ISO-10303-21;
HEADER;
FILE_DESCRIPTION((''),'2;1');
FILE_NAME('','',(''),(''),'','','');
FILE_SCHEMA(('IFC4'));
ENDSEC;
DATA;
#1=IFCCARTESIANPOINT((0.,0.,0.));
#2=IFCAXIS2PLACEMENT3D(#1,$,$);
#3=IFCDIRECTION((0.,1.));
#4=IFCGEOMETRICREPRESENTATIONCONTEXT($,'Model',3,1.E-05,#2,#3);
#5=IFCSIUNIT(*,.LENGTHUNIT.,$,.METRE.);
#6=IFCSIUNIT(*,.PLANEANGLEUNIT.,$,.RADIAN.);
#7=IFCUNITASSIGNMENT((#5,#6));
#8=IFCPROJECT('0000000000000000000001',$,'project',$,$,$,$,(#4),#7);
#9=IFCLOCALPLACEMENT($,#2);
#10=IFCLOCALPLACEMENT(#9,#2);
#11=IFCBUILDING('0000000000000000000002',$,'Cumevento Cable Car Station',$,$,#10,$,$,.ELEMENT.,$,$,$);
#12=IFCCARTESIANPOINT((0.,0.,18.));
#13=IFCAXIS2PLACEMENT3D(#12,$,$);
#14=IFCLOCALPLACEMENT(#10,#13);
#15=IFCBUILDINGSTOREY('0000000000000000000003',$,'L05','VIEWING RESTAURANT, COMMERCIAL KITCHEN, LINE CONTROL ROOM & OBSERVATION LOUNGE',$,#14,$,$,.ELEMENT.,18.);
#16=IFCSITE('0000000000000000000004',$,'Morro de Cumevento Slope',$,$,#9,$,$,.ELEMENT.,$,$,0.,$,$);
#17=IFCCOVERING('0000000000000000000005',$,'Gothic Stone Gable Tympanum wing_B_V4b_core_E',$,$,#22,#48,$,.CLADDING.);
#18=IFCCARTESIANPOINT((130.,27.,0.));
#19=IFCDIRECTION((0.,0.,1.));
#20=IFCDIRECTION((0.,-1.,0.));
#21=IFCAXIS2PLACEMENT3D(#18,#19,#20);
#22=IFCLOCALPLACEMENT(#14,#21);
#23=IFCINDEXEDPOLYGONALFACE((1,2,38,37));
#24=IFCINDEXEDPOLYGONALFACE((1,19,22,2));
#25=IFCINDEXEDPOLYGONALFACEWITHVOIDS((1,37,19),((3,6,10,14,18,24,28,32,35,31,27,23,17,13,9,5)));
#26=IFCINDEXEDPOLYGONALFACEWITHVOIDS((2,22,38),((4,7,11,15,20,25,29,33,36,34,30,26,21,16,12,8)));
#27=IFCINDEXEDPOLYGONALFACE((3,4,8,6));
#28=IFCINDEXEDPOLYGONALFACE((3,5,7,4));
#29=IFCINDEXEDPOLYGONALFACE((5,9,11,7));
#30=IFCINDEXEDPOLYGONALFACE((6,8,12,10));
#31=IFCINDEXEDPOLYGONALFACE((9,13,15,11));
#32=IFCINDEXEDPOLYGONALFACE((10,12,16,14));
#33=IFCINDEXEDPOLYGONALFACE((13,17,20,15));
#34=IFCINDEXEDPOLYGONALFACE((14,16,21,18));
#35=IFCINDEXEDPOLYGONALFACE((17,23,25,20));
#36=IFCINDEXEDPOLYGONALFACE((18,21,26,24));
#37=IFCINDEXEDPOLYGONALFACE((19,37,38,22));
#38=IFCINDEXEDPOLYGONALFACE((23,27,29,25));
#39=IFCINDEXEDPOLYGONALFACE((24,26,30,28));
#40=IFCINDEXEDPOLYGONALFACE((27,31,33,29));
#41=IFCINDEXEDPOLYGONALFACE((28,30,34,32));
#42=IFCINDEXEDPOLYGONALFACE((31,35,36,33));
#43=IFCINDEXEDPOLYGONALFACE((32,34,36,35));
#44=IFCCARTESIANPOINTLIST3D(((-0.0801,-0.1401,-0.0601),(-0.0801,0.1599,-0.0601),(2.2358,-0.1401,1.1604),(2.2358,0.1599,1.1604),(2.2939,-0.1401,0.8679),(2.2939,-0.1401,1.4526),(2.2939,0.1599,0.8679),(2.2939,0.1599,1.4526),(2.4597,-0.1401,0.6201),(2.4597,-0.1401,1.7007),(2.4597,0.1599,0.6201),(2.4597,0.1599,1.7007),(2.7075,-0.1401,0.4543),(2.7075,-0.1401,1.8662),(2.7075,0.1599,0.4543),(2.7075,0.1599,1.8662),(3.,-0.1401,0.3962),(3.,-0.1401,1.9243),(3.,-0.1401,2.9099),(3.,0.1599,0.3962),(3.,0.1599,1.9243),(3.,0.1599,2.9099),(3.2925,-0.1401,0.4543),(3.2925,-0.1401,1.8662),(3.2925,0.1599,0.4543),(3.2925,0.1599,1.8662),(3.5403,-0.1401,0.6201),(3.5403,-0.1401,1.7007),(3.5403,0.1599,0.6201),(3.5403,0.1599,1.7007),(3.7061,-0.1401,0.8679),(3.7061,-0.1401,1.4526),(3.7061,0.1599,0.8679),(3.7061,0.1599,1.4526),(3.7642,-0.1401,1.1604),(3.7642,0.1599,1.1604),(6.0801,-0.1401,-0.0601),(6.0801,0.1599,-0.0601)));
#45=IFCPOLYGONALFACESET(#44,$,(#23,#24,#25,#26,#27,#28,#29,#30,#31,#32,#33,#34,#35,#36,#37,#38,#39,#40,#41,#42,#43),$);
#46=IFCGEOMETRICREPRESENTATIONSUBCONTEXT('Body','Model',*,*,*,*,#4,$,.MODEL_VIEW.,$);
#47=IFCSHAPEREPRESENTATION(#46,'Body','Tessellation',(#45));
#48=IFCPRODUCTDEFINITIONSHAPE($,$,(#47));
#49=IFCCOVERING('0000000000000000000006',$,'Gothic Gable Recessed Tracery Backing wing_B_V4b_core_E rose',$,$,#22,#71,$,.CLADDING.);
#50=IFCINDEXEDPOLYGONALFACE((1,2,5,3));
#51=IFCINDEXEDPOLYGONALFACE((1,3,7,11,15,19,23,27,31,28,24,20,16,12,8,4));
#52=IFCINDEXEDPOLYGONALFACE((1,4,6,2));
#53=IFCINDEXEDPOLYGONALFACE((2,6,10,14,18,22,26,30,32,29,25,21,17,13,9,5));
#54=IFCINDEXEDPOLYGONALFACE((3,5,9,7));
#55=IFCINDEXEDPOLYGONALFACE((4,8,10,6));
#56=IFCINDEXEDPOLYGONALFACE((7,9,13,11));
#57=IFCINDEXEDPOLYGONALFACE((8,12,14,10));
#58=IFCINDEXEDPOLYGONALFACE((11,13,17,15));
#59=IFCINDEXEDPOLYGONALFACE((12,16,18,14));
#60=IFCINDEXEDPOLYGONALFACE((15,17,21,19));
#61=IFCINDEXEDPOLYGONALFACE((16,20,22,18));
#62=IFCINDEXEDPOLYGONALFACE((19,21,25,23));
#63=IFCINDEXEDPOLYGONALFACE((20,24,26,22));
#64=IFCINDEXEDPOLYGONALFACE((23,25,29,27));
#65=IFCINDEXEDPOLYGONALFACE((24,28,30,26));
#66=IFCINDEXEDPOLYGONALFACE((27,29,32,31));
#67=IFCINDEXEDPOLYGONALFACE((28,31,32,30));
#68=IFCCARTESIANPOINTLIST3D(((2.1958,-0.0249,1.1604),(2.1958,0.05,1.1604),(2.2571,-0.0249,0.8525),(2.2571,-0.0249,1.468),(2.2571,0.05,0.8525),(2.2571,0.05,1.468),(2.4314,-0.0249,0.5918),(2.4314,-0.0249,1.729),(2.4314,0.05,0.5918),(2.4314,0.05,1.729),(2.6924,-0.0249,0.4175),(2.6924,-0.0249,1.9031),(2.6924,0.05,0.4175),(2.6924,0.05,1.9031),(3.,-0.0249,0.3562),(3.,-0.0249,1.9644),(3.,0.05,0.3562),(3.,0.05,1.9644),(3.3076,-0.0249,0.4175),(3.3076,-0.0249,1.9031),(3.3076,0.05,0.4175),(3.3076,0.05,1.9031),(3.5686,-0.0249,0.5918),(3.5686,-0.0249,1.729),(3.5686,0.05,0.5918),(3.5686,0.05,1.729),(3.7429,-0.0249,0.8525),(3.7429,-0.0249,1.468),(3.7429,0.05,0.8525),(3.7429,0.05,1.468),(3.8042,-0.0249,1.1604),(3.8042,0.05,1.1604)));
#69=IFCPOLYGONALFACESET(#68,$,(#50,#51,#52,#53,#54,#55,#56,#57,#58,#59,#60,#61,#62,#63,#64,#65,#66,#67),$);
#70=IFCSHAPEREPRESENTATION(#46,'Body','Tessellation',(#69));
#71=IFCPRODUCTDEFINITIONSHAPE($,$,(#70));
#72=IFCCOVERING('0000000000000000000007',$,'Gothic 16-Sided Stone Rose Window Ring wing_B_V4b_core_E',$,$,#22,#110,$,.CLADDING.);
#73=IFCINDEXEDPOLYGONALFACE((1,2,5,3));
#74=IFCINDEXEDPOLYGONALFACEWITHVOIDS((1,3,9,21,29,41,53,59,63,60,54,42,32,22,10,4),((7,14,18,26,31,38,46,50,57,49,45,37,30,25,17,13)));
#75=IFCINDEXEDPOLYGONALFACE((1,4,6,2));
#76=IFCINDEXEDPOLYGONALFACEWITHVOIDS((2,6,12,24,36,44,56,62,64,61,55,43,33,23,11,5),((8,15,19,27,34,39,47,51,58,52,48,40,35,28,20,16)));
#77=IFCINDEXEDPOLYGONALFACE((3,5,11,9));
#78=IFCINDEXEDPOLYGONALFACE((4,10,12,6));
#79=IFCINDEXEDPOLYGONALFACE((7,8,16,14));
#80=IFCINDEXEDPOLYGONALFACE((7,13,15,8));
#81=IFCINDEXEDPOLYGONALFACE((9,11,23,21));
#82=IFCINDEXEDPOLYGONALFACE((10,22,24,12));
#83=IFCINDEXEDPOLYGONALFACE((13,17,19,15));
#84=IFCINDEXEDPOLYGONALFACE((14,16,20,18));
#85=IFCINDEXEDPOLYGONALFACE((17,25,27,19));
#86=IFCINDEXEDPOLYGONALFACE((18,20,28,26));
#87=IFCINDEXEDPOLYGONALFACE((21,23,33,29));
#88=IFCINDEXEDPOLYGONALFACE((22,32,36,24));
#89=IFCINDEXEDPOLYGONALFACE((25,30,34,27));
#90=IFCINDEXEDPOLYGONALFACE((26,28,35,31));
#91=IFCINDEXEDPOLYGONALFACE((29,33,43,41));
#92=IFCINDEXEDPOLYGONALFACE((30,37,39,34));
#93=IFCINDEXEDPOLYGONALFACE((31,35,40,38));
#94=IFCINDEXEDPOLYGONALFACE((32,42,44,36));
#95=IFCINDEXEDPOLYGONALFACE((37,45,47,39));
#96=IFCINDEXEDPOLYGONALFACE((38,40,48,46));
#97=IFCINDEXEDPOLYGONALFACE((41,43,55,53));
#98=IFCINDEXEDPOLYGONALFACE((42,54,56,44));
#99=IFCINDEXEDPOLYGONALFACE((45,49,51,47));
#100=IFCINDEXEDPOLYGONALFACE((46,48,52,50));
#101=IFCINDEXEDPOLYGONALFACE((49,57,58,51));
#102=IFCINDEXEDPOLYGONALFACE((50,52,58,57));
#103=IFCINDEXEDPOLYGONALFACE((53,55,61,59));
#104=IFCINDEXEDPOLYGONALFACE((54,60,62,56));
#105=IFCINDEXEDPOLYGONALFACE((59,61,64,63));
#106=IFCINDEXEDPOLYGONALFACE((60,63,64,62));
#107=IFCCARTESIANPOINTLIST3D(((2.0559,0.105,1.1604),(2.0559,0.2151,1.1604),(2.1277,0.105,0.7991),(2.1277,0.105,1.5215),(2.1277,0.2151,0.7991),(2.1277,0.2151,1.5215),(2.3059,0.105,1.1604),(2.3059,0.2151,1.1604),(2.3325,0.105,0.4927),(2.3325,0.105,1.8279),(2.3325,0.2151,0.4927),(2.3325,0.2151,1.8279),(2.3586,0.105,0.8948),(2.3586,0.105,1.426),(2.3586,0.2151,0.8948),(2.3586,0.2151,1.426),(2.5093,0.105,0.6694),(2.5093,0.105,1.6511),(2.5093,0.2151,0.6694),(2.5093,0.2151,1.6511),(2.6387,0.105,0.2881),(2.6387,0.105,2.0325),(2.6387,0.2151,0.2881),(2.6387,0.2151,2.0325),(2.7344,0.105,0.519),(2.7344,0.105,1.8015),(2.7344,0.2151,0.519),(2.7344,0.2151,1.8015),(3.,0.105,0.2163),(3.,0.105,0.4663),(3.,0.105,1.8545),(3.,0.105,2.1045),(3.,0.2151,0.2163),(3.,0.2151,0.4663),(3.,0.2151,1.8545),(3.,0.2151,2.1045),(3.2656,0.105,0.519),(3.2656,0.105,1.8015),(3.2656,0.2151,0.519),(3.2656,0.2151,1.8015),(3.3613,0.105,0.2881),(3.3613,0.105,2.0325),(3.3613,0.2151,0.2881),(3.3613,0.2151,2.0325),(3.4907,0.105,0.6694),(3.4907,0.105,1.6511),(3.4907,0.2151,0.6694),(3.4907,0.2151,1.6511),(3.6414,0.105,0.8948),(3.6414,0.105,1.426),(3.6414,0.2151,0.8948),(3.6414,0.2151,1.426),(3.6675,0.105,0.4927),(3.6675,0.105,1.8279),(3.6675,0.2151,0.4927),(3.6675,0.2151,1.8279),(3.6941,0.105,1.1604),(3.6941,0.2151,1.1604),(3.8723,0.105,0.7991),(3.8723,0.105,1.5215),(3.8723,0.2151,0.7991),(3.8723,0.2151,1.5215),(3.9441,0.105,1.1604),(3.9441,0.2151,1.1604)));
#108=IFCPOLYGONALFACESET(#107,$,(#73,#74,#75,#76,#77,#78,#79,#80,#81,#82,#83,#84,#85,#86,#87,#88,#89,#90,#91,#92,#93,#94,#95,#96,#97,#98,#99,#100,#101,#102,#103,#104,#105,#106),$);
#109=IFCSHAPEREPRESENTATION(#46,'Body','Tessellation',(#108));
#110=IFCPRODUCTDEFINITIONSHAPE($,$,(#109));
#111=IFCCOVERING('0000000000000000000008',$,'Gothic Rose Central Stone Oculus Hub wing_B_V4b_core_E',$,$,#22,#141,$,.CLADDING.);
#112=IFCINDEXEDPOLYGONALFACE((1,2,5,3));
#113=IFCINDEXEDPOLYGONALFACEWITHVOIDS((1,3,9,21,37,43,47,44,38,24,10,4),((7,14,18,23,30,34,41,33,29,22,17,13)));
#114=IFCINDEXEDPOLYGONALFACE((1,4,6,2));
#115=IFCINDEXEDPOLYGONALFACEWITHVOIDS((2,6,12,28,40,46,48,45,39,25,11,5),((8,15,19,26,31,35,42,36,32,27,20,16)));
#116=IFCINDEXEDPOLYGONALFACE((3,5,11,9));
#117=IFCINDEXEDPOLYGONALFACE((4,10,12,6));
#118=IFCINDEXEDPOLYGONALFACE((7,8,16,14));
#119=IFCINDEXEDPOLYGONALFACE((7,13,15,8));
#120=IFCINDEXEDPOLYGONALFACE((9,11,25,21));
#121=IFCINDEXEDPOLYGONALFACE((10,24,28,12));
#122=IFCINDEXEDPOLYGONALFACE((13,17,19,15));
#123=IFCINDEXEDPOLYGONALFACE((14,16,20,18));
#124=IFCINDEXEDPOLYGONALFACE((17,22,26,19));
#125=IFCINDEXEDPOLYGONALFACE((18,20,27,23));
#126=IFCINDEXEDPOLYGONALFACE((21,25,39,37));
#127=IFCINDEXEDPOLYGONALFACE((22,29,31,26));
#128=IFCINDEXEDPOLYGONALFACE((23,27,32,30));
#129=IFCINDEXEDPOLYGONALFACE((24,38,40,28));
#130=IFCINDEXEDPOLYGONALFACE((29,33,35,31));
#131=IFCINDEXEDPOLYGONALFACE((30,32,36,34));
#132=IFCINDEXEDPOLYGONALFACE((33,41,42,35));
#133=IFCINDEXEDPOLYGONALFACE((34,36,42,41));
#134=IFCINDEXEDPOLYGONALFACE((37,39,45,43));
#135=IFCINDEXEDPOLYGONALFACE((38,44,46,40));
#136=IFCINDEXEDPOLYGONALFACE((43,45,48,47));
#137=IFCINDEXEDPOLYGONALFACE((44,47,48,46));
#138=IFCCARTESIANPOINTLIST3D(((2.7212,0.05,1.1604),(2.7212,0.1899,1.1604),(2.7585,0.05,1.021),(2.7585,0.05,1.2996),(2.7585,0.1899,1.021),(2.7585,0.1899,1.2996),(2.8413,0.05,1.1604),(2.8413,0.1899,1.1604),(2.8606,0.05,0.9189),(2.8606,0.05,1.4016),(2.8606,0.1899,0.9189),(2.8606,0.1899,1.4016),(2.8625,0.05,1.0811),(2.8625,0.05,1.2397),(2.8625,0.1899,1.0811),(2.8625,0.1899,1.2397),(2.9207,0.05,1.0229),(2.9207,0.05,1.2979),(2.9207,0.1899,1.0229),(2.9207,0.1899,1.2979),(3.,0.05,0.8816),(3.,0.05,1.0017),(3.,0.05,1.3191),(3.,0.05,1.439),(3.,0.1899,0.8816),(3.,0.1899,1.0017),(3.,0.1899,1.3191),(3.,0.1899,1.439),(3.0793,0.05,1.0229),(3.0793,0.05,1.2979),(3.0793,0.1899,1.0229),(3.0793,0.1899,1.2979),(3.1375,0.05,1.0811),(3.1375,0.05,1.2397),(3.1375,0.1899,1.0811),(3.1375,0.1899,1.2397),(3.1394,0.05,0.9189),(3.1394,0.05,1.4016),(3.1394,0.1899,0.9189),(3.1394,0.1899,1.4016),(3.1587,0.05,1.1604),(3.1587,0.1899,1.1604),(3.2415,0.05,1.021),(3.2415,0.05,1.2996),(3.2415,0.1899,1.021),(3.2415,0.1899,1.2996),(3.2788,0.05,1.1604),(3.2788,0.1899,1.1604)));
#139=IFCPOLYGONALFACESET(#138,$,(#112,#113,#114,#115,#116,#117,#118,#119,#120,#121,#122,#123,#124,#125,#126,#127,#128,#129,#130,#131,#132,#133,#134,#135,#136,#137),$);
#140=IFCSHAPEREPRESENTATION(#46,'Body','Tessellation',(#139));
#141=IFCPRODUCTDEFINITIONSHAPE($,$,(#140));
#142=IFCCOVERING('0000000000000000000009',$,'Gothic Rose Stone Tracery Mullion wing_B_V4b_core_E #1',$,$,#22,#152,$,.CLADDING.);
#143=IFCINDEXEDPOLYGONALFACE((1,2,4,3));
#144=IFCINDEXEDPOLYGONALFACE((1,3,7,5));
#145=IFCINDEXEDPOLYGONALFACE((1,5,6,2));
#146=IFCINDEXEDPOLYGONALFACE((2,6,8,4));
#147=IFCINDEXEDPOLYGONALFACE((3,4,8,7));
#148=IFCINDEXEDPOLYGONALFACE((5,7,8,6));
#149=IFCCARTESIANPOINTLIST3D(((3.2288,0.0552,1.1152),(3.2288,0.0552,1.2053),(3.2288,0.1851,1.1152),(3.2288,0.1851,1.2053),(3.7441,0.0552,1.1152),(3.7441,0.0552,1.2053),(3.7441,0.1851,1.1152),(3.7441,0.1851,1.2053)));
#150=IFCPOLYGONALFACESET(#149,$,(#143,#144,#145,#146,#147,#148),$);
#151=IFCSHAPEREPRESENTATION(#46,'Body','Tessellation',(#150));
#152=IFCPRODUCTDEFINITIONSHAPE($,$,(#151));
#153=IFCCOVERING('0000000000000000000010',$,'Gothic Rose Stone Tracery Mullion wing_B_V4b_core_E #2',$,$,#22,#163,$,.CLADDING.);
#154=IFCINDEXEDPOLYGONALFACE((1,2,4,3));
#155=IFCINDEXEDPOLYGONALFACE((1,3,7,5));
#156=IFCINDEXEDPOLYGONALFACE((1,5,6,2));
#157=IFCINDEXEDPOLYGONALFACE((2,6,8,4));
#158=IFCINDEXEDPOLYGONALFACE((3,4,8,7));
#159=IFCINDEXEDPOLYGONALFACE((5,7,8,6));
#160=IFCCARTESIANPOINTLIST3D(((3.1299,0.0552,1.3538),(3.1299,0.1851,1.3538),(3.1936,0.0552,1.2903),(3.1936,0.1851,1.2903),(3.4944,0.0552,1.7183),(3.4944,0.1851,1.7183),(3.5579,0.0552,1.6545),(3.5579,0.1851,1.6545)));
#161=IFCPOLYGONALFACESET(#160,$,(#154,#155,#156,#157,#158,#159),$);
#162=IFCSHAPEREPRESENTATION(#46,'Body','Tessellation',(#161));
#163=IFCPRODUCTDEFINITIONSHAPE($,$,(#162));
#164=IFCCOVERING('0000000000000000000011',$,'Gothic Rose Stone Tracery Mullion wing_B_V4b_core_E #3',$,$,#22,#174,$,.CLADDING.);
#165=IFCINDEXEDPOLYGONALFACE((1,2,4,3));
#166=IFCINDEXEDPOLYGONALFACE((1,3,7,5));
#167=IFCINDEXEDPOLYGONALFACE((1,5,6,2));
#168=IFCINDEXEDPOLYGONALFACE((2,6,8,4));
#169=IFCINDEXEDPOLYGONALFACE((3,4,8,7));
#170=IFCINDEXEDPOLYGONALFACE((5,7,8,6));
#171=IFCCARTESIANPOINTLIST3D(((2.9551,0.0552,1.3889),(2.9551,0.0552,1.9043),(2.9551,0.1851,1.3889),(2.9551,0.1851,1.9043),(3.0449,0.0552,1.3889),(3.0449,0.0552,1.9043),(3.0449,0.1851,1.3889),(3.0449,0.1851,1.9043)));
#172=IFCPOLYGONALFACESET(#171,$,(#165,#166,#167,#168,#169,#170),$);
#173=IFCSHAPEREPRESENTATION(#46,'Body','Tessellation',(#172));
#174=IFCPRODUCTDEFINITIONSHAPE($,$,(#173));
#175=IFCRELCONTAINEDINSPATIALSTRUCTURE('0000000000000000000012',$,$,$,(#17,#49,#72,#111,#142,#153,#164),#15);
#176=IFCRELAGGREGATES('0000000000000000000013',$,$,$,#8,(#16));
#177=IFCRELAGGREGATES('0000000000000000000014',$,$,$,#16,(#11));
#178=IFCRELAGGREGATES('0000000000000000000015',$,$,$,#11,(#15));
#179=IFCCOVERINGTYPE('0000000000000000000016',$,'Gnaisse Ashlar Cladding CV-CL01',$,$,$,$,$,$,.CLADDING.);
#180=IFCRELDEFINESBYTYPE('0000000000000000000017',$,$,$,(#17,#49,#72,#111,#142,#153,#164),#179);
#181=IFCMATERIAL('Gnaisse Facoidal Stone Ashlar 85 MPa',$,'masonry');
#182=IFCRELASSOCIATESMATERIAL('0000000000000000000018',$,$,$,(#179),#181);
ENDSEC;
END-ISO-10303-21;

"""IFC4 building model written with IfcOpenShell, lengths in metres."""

from ifc_helpers import new_model, si_unit, direction, frame, origin, place, context, subcontext, project, spatial, polyline, outline, extrude, material, type_object, element, save


model = new_model("IFC4")

# Units and contexts
model_context = context("Model", 3, precision=1e-05, world=origin(), true_north=direction((0.0, 1.0)))
body_context = subcontext(model_context, "Body", "Model", "MODEL_VIEW")
ifc_project = project(units=[si_unit("LENGTHUNIT", "METRE"), si_unit("PLANEANGLEUNIT", "RADIAN")], contexts=[model_context])

# Site, building, storey
site_placement = place(None, origin())
site = spatial("IfcSite", under=ifc_project, at=site_placement, Name="Morro de Cumevento Slope", CompositionType="ELEMENT", RefElevation=0.0)
building_placement = place(site_placement, origin())
building = spatial("IfcBuilding", under=site, at=building_placement, Name="Cumevento Cable Car Station", CompositionType="ELEMENT")
storey_placement = place(building_placement, frame((0.0, 0.0, 18.0)))
storey = spatial("IfcBuildingStorey", under=building, at=storey_placement, Name="L05", Description="VIEWING RESTAURANT, COMMERCIAL KITCHEN, LINE CONTROL ROOM & OBSERVATION LOUNGE", CompositionType="ELEMENT", Elevation=18.0)

# Coverings
ifc_material_1 = material(Name="Gnaisse Facoidal Stone Ashlar 85 MPa", Category="masonry")
covering_type_1 = type_object("IfcCoveringType", Name="Gnaisse Ashlar Cladding CV-CL01", PredefinedType="CLADDING", material=ifc_material_1)
placement_1 = place(storey_placement, frame((130.0, 27.0, 0.0), z_axis=(0.0, 0.0, 1.0), x_axis=(0.0, -1.0, 0.0)))
element("IfcCovering", 1, at=placement_1, inside=storey, type_object=covering_type_1, Name="Gothic Stone Gable Tympanum wing_B_V4b_core_E", PredefinedType="CLADDING", context=body_context, shape_type="SweptSolid", body=[
    extrude(outline(polyline([(-0.0801, -0.0601), (6.0801, -0.0601), (3.0, 2.9099), (-0.0801, -0.0601)]), holes=[polyline([(3.7642, 1.1604), (3.7061, 1.4526), (3.5403, 1.7007), (3.2925, 1.8662), (3.0, 1.9243), (2.7075, 1.8662), (2.4597, 1.7007), (2.2939, 1.4526), (2.2358, 1.1604), (2.2939, 0.8679), (2.4597, 0.6201), (2.7075, 0.4543), (3.0, 0.3962), (3.2925, 0.4543), (3.5403, 0.6201), (3.7061, 0.8679), (3.7642, 1.1604)])]), frame((0.0, 0.1599, 0.0), z_axis=(0.0, -1.0, 0.0), x_axis=(1.0, 0.0, 0.0)), (0.0, 0.0, 1.0), 0.3),
])
element("IfcCovering", 2, at=placement_1, inside=storey, type_object=covering_type_1, Name="Gothic Gable Recessed Tracery Backing wing_B_V4b_core_E rose", PredefinedType="CLADDING", context=body_context, shape_type="SweptSolid", body=[
    extrude(outline(polyline([(3.8042, 1.1604), (3.7429, 1.468), (3.5686, 1.729), (3.3076, 1.9031), (3.0, 1.9644), (2.6924, 1.9031), (2.4314, 1.729), (2.2571, 1.468), (2.1958, 1.1604), (2.2571, 0.8525), (2.4314, 0.5918), (2.6924, 0.4175), (3.0, 0.3562), (3.3076, 0.4175), (3.5686, 0.5918), (3.7429, 0.8525), (3.8042, 1.1604)])), frame((0.0, 0.05, 0.0), z_axis=(0.0, -1.0, 0.0), x_axis=(1.0, 0.0, 0.0)), (0.0, 0.0, 1.0), 0.075),
])
element("IfcCovering", 3, at=placement_1, inside=storey, type_object=covering_type_1, Name="Gothic 16-Sided Stone Rose Window Ring wing_B_V4b_core_E", PredefinedType="CLADDING", context=body_context, shape_type="SweptSolid", body=[
    extrude(outline(polyline([(3.9441, 1.1604), (3.8723, 1.5215), (3.6675, 1.8279), (3.3613, 2.0325), (3.0, 2.1045), (2.6387, 2.0325), (2.3325, 1.8279), (2.1277, 1.5215), (2.0559, 1.1604), (2.1277, 0.7991), (2.3325, 0.4927), (2.6387, 0.2881), (3.0, 0.2163), (3.3613, 0.2881), (3.6675, 0.4927), (3.8723, 0.7991), (3.9441, 1.1604)]), holes=[polyline([(3.6941, 1.1604), (3.6414, 1.426), (3.4907, 1.6511), (3.2656, 1.8015), (3.0, 1.8545), (2.7344, 1.8015), (2.5093, 1.6511), (2.3586, 1.426), (2.3059, 1.1604), (2.3586, 0.8948), (2.5093, 0.6694), (2.7344, 0.519), (3.0, 0.4663), (3.2656, 0.519), (3.4907, 0.6694), (3.6414, 0.8948), (3.6941, 1.1604)])]), frame((0.0, 0.2151, 0.0), z_axis=(0.0, -1.0, 0.0), x_axis=(1.0, 0.0, 0.0)), (0.0, 0.0, 1.0), 0.1101),
])
element("IfcCovering", 4, at=placement_1, inside=storey, type_object=covering_type_1, Name="Gothic Rose Central Stone Oculus Hub wing_B_V4b_core_E", PredefinedType="CLADDING", context=body_context, shape_type="SweptSolid", body=[
    extrude(outline(polyline([(3.2788, 1.1604), (3.2415, 1.2996), (3.1394, 1.4016), (3.0, 1.439), (2.8606, 1.4016), (2.7585, 1.2996), (2.7212, 1.1604), (2.7585, 1.021), (2.8606, 0.9189), (3.0, 0.8816), (3.1394, 0.9189), (3.2415, 1.021), (3.2788, 1.1604)]), holes=[polyline([(3.1587, 1.1604), (3.1375, 1.2397), (3.0793, 1.2979), (3.0, 1.3191), (2.9207, 1.2979), (2.8625, 1.2397), (2.8413, 1.1604), (2.8625, 1.0811), (2.9207, 1.0229), (3.0, 1.0017), (3.0793, 1.0229), (3.1375, 1.0811), (3.1587, 1.1604)])]), frame((0.0, 0.1899, 0.0), z_axis=(0.0, -1.0, 0.0), x_axis=(1.0, 0.0, 0.0)), (0.0, 0.0, 1.0), 0.1399),
])
element("IfcCovering", 5, at=placement_1, inside=storey, type_object=covering_type_1, Name="Gothic Rose Stone Tracery Mullion wing_B_V4b_core_E #1", PredefinedType="CLADDING", context=body_context, shape_type="SweptSolid", body=[
    extrude(outline(polyline([(3.2288, 1.2053), (3.7441, 1.2053), (3.7441, 1.1152), (3.2288, 1.1152), (3.2288, 1.2053)])), frame((0.0, 0.1851, 0.0), z_axis=(0.0, -1.0, 0.0), x_axis=(1.0, 0.0, 0.0)), (0.0, 0.0, 1.0), 0.1299),
])
element("IfcCovering", 6, at=placement_1, inside=storey, type_object=covering_type_1, Name="Gothic Rose Stone Tracery Mullion wing_B_V4b_core_E #2", PredefinedType="CLADDING", context=body_context, shape_type="SweptSolid", body=[
    extrude(outline(polyline([(3.1299, 1.3538), (3.4944, 1.7183), (3.5579, 1.6545), (3.1936, 1.2903), (3.1299, 1.3538)])), frame((0.0, 0.1851, 0.0), z_axis=(0.0, -1.0, 0.0), x_axis=(1.0, 0.0, 0.0)), (0.0, 0.0, 1.0), 0.1299),
])
element("IfcCovering", 7, at=placement_1, inside=storey, type_object=covering_type_1, Name="Gothic Rose Stone Tracery Mullion wing_B_V4b_core_E #3", PredefinedType="CLADDING", context=body_context, shape_type="SweptSolid", body=[
    extrude(outline(polyline([(2.9551, 1.3889), (2.9551, 1.9043), (3.0449, 1.9043), (3.0449, 1.3889), (2.9551, 1.3889)])), frame((0.0, 0.1851, 0.0), z_axis=(0.0, -1.0, 0.0), x_axis=(1.0, 0.0, 0.0)), (0.0, 0.0, 1.0), 0.1299),
])

save(model, "model.ifc")
